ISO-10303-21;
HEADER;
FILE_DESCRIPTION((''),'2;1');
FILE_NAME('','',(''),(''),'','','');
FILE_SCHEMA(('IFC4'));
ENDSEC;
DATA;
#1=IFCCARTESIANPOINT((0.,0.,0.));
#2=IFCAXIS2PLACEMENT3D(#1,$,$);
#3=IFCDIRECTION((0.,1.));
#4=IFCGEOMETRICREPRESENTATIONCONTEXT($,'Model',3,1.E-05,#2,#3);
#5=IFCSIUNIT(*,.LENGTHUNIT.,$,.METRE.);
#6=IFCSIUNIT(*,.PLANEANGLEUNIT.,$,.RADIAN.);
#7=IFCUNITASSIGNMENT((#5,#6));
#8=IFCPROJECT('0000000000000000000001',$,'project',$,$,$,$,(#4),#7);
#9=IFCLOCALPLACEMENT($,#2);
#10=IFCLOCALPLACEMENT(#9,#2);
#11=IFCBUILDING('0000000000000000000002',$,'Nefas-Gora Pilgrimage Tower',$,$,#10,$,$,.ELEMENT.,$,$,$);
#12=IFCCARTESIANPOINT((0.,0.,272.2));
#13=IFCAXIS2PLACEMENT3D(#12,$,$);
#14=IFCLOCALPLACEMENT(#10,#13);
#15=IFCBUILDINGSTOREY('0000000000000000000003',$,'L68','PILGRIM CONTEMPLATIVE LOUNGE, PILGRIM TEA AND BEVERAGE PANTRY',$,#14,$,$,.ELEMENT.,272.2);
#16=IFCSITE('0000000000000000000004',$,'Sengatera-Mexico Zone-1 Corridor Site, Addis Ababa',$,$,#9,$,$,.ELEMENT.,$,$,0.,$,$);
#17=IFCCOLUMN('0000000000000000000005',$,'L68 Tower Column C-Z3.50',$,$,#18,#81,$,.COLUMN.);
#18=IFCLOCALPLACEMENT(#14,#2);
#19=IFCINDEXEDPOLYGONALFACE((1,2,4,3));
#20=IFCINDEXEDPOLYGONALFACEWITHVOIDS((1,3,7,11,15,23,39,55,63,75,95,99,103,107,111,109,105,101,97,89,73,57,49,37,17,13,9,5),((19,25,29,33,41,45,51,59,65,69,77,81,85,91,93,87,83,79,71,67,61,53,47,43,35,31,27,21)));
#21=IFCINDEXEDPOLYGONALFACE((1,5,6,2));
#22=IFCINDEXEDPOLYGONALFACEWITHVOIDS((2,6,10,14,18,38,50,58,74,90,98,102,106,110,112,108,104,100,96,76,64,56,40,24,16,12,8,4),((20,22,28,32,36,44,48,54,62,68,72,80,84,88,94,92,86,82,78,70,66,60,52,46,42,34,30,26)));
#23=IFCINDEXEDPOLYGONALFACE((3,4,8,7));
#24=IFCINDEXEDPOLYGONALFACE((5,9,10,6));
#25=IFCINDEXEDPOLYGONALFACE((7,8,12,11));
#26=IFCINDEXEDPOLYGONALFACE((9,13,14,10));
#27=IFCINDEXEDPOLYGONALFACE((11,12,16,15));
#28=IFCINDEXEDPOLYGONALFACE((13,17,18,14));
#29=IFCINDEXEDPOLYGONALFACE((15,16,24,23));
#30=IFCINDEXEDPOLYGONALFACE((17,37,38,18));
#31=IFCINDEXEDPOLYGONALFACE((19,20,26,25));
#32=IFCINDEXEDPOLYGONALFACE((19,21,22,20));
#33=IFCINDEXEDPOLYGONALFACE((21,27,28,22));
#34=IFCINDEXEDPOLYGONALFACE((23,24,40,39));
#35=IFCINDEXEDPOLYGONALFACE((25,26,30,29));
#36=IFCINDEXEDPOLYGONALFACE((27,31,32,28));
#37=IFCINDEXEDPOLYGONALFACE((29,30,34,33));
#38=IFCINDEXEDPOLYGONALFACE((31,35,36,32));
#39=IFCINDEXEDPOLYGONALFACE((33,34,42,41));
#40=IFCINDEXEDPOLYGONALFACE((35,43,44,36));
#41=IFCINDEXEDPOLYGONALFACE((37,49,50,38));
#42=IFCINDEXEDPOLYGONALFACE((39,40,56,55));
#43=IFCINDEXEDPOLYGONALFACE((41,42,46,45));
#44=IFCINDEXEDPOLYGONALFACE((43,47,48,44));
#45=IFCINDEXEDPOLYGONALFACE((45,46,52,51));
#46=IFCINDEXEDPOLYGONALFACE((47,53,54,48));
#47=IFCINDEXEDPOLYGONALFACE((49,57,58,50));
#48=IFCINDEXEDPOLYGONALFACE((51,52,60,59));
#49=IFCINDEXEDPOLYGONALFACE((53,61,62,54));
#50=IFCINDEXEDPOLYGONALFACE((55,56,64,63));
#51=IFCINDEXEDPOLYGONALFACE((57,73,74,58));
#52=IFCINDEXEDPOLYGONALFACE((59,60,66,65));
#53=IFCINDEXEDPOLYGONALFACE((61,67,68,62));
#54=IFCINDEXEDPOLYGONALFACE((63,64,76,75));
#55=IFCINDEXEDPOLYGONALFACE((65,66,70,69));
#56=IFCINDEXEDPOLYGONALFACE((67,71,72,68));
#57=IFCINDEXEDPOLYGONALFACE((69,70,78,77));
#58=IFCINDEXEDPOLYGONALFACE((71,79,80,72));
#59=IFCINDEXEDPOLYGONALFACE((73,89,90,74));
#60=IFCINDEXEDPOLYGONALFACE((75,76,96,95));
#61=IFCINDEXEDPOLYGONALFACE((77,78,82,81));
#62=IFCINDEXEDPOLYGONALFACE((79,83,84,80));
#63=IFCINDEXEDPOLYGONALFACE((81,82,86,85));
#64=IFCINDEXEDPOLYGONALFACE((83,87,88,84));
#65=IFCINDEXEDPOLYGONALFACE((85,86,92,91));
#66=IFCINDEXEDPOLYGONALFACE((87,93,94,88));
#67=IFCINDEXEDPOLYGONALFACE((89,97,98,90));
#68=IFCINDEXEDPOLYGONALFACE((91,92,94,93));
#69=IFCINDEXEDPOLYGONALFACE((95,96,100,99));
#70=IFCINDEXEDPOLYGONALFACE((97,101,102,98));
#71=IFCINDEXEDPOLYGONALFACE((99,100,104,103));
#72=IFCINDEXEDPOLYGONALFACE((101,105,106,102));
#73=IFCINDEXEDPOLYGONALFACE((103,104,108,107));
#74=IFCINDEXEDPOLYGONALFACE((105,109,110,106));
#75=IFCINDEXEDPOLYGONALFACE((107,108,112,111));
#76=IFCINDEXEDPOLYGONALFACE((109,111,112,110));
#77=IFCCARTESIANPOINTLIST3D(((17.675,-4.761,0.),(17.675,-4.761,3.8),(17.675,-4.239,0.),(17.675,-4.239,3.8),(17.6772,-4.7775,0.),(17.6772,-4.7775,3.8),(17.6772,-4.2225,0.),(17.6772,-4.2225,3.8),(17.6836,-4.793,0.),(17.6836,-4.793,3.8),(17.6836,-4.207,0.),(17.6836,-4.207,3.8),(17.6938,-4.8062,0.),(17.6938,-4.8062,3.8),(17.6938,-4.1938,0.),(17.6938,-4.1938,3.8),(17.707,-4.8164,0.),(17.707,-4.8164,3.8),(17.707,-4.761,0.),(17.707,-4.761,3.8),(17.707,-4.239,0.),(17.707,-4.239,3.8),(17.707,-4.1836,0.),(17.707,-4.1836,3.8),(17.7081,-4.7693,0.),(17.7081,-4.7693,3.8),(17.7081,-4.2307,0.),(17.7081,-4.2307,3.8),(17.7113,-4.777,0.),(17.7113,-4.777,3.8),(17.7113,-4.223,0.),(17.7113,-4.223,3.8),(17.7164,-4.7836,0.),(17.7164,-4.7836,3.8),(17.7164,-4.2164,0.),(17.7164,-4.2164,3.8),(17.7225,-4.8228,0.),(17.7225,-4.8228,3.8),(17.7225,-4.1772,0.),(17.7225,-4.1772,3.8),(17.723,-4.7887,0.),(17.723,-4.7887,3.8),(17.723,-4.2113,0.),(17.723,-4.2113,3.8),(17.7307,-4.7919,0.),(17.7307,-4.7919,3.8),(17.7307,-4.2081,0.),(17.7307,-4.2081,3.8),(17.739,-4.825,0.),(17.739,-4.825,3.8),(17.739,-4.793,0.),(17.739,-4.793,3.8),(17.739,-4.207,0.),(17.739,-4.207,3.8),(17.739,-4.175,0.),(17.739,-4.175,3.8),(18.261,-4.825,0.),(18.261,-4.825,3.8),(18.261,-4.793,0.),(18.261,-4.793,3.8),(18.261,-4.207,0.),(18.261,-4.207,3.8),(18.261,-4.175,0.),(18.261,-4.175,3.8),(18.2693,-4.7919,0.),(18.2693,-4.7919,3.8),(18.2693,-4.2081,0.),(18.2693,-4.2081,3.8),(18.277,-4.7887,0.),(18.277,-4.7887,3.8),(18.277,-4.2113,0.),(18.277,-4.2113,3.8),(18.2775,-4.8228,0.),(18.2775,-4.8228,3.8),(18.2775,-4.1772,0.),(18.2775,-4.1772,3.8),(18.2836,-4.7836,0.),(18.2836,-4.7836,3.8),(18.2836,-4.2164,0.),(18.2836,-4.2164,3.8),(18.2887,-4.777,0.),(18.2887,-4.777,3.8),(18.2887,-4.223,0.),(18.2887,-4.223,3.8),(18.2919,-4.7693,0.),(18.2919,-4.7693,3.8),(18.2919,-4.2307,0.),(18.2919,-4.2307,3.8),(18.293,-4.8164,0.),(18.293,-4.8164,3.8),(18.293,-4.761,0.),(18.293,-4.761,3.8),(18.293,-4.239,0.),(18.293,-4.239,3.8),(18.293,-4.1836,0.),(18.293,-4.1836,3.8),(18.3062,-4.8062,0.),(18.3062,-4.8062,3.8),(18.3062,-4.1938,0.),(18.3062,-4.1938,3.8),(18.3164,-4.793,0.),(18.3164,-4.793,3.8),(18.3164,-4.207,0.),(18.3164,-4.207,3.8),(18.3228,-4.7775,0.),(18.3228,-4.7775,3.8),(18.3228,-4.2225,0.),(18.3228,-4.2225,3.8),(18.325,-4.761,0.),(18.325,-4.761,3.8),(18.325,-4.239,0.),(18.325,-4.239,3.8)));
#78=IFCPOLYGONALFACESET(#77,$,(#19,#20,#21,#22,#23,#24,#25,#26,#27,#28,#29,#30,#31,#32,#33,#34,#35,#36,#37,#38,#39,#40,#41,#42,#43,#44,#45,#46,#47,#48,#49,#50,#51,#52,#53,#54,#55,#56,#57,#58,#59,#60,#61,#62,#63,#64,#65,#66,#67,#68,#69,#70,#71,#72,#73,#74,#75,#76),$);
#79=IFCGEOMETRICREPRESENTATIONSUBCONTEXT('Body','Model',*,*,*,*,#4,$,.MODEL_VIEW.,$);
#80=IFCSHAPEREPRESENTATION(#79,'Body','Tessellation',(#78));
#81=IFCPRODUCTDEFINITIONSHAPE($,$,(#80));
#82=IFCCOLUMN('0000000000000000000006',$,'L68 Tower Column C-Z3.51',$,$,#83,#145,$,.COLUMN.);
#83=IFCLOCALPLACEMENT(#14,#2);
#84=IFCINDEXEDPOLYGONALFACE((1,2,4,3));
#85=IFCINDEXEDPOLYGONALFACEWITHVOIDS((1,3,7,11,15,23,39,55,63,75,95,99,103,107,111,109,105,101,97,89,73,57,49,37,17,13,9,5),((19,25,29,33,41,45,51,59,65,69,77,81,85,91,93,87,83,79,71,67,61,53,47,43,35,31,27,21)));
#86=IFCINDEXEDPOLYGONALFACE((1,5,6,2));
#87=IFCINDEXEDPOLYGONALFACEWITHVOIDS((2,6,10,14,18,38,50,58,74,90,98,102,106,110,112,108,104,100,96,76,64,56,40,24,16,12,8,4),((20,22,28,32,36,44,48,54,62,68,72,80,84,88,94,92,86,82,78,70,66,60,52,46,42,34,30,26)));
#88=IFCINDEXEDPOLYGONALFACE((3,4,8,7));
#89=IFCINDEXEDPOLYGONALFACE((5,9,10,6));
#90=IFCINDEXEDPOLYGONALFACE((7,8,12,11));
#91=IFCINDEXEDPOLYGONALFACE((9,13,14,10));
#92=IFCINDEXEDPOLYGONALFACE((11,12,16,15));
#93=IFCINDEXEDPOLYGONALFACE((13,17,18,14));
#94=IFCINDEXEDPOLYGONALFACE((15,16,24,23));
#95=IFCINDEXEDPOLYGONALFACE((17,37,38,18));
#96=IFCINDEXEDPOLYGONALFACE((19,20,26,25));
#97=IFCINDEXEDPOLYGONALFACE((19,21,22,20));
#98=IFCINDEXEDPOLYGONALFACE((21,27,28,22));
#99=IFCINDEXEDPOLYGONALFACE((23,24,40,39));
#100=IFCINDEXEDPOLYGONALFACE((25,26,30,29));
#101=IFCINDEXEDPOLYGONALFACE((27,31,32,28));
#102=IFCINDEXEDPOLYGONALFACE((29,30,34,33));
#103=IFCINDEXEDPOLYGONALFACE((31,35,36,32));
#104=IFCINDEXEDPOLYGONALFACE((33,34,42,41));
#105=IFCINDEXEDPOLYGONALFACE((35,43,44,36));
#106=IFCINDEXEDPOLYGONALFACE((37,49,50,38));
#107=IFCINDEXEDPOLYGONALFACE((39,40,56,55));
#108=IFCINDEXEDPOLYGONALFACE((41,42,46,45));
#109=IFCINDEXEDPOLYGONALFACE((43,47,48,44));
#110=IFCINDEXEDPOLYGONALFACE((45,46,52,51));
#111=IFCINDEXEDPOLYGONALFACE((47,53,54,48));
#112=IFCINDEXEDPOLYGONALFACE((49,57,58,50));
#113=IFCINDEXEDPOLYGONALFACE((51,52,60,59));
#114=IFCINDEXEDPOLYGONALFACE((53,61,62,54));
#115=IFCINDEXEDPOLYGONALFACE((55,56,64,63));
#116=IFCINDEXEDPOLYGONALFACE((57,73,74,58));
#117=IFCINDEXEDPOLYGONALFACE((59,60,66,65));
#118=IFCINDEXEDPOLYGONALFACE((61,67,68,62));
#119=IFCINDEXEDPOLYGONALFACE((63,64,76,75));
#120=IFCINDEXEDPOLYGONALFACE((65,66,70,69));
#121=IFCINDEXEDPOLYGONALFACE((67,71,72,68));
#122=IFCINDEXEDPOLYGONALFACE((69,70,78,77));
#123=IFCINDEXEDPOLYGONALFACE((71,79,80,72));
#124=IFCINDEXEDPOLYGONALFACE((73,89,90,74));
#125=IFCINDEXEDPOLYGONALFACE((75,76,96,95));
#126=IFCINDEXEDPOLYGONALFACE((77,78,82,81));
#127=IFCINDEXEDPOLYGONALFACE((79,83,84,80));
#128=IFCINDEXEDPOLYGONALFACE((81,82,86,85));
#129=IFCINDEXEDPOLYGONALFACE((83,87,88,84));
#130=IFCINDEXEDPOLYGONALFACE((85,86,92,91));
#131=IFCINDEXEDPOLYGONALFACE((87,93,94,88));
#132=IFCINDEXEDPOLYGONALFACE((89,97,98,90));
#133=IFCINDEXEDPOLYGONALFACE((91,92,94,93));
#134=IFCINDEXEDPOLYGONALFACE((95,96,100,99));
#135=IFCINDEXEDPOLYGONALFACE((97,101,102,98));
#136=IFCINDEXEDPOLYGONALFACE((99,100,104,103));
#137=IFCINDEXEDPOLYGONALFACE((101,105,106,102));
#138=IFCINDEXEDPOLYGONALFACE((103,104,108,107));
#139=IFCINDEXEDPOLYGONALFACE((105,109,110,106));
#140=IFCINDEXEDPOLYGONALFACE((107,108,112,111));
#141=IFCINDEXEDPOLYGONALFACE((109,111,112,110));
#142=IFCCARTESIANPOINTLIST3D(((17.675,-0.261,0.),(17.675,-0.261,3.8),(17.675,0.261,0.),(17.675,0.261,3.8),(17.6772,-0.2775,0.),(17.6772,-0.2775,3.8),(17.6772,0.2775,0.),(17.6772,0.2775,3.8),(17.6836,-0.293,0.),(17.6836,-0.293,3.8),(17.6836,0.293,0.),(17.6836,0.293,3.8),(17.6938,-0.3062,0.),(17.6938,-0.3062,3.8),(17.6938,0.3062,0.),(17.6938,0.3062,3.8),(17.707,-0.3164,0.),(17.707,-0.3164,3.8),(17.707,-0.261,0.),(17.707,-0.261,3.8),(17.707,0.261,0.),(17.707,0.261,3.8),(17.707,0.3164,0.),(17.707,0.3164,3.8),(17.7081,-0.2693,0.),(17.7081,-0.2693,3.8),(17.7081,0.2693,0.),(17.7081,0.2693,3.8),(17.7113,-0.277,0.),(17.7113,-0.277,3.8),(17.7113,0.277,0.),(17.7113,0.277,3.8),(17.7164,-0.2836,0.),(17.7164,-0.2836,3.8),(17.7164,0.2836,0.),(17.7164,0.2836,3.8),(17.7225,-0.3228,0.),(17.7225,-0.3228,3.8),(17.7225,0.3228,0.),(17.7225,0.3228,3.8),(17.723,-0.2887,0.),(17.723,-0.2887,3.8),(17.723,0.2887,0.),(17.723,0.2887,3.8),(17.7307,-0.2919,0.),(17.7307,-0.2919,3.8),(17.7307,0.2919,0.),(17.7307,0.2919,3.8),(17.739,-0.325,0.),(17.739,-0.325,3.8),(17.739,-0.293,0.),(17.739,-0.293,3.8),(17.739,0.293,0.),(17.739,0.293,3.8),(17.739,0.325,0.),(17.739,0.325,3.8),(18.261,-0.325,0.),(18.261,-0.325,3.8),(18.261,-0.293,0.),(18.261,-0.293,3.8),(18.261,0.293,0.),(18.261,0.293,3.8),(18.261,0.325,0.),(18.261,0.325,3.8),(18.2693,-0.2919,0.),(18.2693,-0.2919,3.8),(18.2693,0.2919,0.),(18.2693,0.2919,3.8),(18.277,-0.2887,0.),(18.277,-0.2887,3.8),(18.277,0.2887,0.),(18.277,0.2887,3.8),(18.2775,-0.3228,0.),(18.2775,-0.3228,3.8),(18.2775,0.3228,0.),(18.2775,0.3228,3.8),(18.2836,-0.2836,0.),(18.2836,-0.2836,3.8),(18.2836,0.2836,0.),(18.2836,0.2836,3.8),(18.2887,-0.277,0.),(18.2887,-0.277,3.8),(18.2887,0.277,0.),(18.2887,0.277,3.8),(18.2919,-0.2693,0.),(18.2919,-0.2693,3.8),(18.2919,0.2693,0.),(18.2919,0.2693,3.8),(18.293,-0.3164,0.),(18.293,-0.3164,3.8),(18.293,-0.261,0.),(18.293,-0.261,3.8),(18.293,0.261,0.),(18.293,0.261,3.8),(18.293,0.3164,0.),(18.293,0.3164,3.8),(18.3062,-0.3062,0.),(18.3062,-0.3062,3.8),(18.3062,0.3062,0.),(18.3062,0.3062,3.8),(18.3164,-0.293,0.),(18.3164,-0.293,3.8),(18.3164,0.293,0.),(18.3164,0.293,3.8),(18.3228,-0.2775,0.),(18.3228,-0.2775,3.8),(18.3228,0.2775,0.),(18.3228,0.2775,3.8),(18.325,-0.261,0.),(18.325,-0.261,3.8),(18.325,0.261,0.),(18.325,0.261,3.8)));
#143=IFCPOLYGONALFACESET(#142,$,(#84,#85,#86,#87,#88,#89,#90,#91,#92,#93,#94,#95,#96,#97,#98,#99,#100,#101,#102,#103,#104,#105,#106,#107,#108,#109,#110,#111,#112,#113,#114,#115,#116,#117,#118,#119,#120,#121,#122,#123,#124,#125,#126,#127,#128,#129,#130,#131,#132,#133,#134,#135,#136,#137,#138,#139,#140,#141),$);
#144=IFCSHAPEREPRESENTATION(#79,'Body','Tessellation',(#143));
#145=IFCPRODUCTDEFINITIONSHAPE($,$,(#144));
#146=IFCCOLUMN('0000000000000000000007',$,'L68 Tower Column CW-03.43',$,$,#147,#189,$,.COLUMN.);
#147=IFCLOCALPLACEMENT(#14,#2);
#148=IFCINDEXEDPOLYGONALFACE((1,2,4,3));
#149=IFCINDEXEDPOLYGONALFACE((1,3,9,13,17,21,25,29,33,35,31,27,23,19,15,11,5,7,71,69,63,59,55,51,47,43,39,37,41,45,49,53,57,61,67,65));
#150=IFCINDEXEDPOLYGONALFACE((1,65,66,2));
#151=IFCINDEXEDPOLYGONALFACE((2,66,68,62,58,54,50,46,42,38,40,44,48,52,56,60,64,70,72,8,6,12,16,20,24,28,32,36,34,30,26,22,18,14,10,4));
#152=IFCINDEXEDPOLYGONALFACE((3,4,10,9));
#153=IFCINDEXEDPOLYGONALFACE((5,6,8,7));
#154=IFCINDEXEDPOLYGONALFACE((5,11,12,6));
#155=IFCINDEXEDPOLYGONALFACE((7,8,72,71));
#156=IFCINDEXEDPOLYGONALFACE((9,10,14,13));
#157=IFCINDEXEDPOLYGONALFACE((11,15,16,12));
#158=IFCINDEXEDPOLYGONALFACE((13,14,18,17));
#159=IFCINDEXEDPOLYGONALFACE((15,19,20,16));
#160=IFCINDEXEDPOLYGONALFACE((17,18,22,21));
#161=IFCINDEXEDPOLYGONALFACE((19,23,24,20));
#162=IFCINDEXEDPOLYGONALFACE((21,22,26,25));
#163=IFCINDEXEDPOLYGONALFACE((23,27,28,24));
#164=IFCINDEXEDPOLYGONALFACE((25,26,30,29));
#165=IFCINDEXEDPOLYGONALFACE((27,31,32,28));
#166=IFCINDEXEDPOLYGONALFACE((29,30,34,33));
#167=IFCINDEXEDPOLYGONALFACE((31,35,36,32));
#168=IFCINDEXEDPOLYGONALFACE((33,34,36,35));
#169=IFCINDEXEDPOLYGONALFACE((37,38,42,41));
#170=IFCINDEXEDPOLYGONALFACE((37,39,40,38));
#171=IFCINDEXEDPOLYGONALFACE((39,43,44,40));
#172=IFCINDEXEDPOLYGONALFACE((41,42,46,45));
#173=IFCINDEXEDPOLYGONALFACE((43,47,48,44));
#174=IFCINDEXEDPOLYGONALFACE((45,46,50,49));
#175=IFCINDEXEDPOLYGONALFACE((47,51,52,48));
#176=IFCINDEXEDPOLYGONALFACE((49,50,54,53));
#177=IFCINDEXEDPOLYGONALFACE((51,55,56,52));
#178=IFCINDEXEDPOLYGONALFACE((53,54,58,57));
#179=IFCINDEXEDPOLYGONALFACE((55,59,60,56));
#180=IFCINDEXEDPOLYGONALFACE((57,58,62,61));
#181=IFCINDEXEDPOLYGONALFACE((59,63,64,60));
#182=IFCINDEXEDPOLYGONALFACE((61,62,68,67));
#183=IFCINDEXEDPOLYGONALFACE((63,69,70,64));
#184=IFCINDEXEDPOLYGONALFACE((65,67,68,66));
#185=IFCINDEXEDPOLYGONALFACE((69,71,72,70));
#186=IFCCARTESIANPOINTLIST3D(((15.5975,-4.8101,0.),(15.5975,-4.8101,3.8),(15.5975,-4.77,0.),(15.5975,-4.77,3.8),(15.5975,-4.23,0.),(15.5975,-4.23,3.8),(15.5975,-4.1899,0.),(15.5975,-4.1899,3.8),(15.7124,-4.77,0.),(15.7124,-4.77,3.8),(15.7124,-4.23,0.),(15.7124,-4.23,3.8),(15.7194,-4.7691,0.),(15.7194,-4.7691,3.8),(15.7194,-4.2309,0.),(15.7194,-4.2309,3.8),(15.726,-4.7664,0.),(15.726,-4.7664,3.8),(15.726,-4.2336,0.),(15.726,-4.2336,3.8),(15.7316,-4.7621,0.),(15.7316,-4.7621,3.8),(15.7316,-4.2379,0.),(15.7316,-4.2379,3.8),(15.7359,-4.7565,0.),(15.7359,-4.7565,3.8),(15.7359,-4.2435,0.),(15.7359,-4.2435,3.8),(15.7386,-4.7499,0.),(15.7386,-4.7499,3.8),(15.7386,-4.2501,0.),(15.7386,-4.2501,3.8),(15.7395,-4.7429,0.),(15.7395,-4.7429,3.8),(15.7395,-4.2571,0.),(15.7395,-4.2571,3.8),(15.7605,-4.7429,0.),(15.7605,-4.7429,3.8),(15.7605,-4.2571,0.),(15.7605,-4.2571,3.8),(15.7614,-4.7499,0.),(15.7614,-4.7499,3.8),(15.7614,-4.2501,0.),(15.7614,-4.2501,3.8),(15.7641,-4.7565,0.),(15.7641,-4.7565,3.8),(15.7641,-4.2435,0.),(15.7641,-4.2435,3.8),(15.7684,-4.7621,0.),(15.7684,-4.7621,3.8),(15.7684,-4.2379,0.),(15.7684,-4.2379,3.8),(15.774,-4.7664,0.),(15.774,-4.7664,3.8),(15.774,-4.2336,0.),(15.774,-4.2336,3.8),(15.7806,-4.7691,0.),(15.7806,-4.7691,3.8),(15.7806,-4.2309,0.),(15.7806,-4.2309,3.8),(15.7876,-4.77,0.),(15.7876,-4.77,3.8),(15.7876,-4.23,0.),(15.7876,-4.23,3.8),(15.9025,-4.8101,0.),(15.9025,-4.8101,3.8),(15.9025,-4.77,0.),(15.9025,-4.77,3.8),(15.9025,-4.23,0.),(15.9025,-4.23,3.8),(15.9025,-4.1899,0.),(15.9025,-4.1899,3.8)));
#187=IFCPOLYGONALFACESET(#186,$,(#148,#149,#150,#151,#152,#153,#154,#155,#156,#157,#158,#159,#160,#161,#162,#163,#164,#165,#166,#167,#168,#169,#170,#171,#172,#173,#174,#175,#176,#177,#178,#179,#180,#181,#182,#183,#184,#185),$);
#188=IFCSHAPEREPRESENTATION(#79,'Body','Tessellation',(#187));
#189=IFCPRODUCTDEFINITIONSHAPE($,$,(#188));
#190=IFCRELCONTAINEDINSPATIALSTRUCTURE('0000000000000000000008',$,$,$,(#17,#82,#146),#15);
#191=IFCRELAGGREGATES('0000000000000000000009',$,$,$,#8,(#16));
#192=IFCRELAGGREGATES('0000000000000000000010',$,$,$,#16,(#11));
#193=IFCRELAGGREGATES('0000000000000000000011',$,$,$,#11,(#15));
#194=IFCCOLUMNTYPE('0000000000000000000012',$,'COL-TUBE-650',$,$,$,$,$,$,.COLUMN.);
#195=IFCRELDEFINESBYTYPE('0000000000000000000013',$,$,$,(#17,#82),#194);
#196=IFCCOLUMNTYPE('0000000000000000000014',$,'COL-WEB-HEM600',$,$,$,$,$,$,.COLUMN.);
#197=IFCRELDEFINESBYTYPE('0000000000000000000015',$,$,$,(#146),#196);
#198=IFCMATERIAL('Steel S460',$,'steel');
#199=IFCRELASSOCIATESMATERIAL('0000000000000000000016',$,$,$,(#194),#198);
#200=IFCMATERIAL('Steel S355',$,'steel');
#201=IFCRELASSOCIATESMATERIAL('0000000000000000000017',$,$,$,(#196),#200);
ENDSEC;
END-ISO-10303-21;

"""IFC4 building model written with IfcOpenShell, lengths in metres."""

from ifc_helpers import new_model, si_unit, direction, frame, origin, origin_2d, place, context, subcontext, project, spatial, hollow_rectangle, i_section, extrude, source, transform, mapped, material, material_profile, profile_set, type_object, element, save


model = new_model("IFC4")

# Units and contexts
model_context = context("Model", 3, precision=1e-05, world=origin(), true_north=direction((0.0, 1.0)))
body_context = subcontext(model_context, "Body", "Model", "MODEL_VIEW")
ifc_project = project(units=[si_unit("LENGTHUNIT", "METRE"), si_unit("PLANEANGLEUNIT", "RADIAN")], contexts=[model_context])

# Site, building, storey
site_placement = place(None, origin())
site = spatial("IfcSite", under=ifc_project, at=site_placement, Name="Sengatera-Mexico Zone-1 Corridor Site, Addis Ababa", CompositionType="ELEMENT", RefElevation=0.0)
building_placement = place(site_placement, origin())
building = spatial("IfcBuilding", under=site, at=building_placement, Name="Nefas-Gora Pilgrimage Tower", CompositionType="ELEMENT")
storey_placement = place(building_placement, frame((0.0, 0.0, 272.2)))
storey = spatial("IfcBuildingStorey", under=building, at=storey_placement, Name="L68", Description="PILGRIM CONTEMPLATIVE LOUNGE, PILGRIM TEA AND BEVERAGE PANTRY", CompositionType="ELEMENT", Elevation=272.2)

# Columns
ifc_material_1 = material(Name="Steel S460", Category="steel")
ifc_material_profile_1 = material_profile(ifc_material_1, hollow_rectangle(XDim=0.6499, YDim=0.6499, WallThickness=0.032, InnerFilletRadius=0.032, OuterFilletRadius=0.064, at=origin_2d()), Name="BOX 650x650x32")
ifc_profile_set_1 = profile_set([ifc_material_profile_1], Name="Steel S460")
column_type_1 = type_object("IfcColumnType", Name="COL-TUBE-650", PredefinedType="COLUMN", material=ifc_profile_set_1)
shared_shape_1 = source(origin(), body_context, "Body", "SweptSolid", [
    extrude(hollow_rectangle(XDim=0.6499, YDim=0.6499, WallThickness=0.032, InnerFilletRadius=0.032, OuterFilletRadius=0.064, at=origin_2d()), origin(), (0.0, 0.0, 1.0), 3.8),
])
for number, where, z_axis, x_axis, name in (
    (1, (18.0, -4.5, 0.0), (0.0, 0.0, 1.0), (1.0, 0.0, 0.0), "L68 Tower Column C-Z3.50"),
    (2, (18.0, 0.0, 0.0), (0.0, 0.0, 1.0), (1.0, 0.0, 0.0), "L68 Tower Column C-Z3.51"),
):
    element("IfcColumn", number, at=place(storey_placement, frame(where, z_axis=z_axis, x_axis=x_axis)), inside=storey, type_object=column_type_1, Name=name, PredefinedType="COLUMN", context=body_context, shape_type="MappedRepresentation", body=[
        mapped(shared_shape_1, transform((0.0, 0.0, 0.0), x_axis=(1.0, 0.0, 0.0), y_axis=(0.0, 1.0, 0.0), z_axis=(0.0, 0.0, 1.0), scale=1.0)),
    ])
ifc_material_2 = material(Name="Steel S355", Category="steel")
ifc_material_profile_2 = material_profile(ifc_material_2, i_section(OverallWidth=0.3049, OverallDepth=0.6201, WebThickness=0.021, FlangeThickness=0.04, FilletRadius=0.0271, at=origin_2d()), Name="HEM 600")
ifc_profile_set_2 = profile_set([ifc_material_profile_2], Name="Steel S355")
column_type_2 = type_object("IfcColumnType", Name="COL-WEB-HEM600", PredefinedType="COLUMN", material=ifc_profile_set_2)
shared_shape_2 = source(origin(), body_context, "Body", "SweptSolid", [
    extrude(i_section(OverallWidth=0.3049, OverallDepth=0.6201, WebThickness=0.021, FlangeThickness=0.04, FilletRadius=0.0271, at=origin_2d()), origin(), (0.0, 0.0, 1.0), 3.8),
])
for number, where, z_axis, x_axis, name in (
    (3, (15.75, -4.5, 0.0), (0.0, 0.0, 1.0), (1.0, 0.0, 0.0), "L68 Tower Column CW-03.43"),
):
    element("IfcColumn", number, at=place(storey_placement, frame(where, z_axis=z_axis, x_axis=x_axis)), inside=storey, type_object=column_type_2, Name=name, PredefinedType="COLUMN", context=body_context, shape_type="MappedRepresentation", body=[
        mapped(shared_shape_2, transform((0.0, 0.0, 0.0), x_axis=(1.0, 0.0, 0.0), y_axis=(0.0, 1.0, 0.0), z_axis=(0.0, 0.0, 1.0), scale=1.0)),
    ])

save(model, "model.ifc")
